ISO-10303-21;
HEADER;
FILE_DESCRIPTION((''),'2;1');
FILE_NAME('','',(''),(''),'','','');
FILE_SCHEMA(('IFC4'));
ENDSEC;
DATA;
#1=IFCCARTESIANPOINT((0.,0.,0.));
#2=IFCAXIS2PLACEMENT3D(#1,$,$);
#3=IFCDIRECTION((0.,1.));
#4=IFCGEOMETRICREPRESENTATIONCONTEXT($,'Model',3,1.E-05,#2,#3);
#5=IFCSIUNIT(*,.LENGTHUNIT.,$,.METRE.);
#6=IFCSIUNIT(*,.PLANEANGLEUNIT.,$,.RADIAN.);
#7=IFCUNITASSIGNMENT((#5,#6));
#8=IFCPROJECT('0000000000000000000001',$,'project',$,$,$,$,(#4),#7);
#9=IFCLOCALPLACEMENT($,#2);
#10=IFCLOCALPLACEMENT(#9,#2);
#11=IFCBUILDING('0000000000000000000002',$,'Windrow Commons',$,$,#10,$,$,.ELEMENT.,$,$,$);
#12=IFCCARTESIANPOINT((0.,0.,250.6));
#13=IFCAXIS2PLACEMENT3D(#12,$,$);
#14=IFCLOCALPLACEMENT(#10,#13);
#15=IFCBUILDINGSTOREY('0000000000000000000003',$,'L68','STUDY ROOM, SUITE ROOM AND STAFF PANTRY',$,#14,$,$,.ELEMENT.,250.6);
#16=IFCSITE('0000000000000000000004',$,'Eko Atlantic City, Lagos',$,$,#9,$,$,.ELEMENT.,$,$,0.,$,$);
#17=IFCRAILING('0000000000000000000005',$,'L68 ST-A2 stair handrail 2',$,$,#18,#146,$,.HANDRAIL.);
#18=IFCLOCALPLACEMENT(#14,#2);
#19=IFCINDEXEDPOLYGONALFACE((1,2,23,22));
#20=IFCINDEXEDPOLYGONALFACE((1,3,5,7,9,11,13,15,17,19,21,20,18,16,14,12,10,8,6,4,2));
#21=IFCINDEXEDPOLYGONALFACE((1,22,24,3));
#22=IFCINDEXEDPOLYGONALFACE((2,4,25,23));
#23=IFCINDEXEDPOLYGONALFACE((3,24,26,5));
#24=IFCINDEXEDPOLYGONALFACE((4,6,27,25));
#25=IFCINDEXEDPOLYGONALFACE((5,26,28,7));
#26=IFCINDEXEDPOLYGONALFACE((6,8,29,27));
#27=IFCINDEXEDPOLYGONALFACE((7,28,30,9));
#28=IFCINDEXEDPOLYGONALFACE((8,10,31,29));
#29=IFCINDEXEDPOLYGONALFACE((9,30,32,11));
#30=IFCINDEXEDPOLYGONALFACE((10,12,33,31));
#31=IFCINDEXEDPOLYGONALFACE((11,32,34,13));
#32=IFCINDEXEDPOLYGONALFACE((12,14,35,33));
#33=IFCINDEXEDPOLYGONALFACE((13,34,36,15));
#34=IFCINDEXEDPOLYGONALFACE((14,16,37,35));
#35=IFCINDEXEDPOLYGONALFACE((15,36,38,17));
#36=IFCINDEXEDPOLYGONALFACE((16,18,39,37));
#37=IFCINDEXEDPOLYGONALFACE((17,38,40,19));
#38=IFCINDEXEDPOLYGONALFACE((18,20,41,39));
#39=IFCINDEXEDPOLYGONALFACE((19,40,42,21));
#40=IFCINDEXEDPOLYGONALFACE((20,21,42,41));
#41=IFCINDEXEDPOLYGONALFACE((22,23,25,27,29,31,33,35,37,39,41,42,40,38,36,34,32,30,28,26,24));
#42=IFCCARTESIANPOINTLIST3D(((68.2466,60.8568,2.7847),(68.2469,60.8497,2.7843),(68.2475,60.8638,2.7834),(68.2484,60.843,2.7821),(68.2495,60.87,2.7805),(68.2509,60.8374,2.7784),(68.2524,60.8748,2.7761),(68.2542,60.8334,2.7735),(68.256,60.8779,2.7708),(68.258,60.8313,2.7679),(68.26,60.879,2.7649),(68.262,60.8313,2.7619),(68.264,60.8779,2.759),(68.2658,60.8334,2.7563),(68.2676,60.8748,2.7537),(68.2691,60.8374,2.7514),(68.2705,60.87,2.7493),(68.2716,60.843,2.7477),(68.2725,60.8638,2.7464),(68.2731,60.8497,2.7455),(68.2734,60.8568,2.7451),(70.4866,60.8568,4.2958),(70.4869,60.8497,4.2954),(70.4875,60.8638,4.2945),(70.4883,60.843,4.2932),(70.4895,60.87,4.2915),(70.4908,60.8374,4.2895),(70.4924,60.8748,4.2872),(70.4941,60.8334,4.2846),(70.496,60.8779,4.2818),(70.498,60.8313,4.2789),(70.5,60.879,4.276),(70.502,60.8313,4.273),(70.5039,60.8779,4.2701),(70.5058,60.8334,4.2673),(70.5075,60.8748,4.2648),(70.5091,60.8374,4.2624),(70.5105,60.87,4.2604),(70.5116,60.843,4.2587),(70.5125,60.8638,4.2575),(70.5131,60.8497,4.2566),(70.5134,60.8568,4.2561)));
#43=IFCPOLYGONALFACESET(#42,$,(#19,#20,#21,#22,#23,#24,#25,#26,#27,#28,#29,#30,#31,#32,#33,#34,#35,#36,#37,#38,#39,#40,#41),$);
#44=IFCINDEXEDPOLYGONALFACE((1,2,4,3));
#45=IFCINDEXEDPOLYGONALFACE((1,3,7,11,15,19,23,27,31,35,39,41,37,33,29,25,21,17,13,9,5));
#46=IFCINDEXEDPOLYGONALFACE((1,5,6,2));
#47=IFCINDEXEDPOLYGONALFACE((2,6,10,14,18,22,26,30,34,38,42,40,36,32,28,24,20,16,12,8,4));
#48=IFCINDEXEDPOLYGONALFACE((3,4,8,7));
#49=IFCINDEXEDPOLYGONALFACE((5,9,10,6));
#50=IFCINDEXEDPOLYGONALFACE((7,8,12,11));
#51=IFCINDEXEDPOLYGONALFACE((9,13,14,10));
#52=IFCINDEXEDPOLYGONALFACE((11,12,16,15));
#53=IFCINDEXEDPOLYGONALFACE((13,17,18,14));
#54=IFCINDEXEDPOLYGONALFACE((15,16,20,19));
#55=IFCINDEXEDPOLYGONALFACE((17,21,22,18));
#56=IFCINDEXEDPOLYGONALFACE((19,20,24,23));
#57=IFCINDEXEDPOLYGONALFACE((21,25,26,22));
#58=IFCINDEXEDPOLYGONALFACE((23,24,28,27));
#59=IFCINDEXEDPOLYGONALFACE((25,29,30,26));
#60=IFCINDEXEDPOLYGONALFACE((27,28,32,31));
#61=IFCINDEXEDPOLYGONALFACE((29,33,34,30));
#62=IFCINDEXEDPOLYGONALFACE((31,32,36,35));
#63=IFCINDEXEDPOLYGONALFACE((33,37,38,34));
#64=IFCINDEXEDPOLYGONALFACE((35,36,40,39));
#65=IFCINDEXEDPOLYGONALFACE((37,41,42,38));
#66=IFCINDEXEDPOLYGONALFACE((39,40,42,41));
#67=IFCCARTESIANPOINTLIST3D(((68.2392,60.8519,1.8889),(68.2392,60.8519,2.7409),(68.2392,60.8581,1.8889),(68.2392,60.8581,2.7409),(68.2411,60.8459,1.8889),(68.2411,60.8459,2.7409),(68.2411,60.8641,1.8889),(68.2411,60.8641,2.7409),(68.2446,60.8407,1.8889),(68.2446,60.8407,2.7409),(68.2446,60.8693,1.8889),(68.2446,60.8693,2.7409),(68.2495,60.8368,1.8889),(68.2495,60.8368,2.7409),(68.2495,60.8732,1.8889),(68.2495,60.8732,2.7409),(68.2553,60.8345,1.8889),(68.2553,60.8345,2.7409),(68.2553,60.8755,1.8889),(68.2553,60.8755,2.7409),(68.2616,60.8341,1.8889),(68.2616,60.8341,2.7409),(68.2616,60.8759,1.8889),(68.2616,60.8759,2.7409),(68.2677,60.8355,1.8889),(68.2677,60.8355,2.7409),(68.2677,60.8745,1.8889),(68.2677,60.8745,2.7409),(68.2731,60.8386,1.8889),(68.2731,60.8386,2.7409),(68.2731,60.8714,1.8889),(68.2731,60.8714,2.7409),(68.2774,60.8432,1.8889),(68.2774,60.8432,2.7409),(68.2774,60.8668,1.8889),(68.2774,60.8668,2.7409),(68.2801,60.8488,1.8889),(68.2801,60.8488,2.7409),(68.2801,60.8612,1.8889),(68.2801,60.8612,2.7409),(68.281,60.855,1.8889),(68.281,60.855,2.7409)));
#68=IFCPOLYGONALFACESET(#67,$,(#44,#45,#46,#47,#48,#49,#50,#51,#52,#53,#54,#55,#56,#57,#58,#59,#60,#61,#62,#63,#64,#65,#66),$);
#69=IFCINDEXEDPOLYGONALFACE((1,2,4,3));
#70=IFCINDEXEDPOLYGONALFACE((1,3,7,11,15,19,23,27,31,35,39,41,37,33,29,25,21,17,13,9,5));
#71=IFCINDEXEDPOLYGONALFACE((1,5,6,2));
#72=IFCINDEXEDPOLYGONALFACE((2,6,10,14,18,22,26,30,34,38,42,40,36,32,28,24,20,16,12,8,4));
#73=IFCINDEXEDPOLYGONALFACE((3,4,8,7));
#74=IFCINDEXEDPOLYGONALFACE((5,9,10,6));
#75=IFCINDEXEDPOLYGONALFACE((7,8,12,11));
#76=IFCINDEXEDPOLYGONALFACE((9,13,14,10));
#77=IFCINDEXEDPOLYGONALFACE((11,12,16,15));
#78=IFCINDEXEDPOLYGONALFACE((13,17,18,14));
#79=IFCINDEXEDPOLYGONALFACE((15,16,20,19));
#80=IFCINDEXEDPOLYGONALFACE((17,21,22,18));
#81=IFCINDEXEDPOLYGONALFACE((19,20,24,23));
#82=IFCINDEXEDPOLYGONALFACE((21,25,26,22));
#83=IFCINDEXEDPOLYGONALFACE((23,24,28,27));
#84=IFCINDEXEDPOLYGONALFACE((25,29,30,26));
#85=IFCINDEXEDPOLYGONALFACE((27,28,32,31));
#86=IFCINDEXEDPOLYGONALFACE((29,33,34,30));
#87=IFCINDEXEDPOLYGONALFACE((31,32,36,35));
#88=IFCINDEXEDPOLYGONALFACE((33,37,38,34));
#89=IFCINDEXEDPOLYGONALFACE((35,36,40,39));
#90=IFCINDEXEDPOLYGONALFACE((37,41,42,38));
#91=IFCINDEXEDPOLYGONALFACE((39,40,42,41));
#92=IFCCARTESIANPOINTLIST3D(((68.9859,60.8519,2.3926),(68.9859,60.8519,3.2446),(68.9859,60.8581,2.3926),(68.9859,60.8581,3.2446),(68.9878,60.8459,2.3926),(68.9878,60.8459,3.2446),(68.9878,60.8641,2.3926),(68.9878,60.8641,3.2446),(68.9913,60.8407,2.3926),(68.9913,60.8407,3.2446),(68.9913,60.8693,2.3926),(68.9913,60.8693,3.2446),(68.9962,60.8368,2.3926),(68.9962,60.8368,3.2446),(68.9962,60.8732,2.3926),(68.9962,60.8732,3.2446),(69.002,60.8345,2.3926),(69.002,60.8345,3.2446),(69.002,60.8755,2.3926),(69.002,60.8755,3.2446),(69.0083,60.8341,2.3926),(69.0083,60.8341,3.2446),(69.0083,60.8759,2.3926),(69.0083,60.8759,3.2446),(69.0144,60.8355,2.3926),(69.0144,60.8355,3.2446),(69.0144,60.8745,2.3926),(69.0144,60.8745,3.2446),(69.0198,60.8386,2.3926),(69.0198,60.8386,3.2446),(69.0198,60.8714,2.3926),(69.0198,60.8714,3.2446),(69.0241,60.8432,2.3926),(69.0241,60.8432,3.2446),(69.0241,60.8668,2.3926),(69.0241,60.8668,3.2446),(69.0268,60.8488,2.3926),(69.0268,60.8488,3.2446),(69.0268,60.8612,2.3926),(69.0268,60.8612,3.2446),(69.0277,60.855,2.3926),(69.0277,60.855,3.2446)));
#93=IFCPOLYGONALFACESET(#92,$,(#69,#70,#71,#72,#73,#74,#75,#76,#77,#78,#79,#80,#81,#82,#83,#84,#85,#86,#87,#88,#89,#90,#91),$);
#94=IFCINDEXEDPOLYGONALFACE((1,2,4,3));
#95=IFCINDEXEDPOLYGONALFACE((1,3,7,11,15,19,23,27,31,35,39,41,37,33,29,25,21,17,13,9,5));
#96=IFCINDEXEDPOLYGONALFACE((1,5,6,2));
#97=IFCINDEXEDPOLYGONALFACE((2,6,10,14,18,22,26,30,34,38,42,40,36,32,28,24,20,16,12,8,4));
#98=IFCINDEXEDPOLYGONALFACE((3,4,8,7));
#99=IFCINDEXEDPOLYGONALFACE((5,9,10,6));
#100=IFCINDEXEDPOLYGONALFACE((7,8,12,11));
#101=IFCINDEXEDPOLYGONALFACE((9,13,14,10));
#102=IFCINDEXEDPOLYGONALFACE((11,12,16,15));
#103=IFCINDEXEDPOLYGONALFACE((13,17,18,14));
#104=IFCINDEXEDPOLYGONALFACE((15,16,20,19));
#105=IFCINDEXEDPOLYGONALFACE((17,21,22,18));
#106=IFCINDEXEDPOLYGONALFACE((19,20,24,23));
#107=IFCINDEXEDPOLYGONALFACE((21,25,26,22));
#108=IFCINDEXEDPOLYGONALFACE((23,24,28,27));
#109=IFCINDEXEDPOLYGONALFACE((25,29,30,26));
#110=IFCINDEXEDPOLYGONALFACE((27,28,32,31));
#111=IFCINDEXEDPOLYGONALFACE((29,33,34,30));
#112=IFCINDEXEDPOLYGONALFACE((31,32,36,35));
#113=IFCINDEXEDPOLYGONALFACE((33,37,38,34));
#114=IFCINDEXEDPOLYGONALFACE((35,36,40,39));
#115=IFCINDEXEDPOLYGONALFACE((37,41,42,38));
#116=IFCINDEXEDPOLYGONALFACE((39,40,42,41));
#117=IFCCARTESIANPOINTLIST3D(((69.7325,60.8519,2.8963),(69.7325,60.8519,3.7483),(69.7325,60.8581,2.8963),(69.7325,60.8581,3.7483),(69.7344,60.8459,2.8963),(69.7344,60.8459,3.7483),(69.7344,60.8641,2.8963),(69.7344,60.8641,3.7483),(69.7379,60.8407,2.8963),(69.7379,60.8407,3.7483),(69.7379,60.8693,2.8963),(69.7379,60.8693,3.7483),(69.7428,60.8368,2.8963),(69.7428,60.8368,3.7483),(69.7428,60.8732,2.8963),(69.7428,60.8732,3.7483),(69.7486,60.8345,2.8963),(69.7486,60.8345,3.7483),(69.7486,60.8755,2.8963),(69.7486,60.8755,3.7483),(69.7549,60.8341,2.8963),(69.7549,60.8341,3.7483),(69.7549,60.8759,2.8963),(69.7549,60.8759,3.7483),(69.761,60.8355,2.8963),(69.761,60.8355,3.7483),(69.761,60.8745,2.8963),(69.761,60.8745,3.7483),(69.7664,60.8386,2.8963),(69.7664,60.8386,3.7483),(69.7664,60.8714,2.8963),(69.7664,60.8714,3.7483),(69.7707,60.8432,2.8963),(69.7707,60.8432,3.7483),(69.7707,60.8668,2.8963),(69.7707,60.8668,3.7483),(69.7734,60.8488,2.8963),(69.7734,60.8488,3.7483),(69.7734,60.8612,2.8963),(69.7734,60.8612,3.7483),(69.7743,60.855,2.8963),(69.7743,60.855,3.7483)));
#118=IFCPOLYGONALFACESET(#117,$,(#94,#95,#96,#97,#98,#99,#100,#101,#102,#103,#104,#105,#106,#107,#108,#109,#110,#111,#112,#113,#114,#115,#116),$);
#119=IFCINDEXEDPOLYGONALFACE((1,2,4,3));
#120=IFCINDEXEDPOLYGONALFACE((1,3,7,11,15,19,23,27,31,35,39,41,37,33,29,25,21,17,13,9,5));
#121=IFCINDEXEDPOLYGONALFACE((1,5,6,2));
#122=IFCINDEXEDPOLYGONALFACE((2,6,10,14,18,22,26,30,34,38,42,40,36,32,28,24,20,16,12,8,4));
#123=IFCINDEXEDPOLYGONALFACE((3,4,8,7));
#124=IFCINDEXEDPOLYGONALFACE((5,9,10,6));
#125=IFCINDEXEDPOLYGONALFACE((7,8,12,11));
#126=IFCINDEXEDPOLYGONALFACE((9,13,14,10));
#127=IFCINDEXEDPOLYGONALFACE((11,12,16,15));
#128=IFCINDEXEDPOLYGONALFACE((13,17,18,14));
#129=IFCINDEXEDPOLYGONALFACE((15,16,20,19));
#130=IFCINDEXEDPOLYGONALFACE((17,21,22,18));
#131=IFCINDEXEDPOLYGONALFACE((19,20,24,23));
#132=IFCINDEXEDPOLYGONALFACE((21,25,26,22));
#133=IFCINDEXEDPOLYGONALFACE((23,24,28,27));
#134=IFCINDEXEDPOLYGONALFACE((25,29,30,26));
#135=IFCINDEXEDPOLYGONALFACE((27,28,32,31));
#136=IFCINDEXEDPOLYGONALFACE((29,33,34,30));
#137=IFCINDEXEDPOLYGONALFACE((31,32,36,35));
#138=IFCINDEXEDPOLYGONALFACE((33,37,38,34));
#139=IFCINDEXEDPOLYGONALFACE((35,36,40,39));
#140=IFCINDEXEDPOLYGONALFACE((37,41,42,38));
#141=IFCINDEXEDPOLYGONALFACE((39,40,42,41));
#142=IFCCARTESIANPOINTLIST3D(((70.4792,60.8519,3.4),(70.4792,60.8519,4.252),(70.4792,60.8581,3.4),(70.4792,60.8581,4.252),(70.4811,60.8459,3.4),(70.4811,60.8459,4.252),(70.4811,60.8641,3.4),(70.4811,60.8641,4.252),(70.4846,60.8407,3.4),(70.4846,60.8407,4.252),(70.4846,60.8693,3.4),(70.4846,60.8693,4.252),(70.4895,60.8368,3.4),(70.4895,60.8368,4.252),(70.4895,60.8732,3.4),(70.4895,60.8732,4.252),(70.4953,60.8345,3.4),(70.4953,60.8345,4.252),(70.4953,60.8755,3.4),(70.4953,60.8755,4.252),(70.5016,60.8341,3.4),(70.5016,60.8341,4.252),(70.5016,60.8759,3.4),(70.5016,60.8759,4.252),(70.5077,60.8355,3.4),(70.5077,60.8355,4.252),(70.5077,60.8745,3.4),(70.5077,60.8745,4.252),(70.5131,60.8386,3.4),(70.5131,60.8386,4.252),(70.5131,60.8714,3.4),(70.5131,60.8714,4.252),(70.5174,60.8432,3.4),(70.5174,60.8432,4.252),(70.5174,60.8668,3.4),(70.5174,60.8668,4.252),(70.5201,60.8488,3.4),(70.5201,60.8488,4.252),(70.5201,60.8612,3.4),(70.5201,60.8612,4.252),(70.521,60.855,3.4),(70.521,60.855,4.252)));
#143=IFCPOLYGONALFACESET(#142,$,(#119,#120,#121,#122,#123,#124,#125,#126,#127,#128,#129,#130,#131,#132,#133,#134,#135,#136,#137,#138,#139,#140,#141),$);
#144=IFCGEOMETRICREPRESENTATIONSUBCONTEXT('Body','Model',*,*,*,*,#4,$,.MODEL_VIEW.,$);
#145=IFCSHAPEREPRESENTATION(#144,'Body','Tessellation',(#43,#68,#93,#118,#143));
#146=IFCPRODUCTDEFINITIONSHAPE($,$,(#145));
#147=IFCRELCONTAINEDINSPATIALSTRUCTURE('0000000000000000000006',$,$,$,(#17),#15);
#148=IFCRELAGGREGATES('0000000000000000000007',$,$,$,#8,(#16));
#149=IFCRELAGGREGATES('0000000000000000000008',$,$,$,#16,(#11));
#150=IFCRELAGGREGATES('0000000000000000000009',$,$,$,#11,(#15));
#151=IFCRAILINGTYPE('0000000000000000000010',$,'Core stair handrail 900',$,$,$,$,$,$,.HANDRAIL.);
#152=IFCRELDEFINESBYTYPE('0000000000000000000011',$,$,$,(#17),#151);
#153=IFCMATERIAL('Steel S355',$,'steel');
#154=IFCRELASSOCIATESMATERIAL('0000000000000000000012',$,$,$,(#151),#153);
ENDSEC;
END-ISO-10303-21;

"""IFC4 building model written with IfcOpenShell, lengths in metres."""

from ifc_helpers import new_model, si_unit, direction, frame, origin, origin_2d, place, context, subcontext, project, spatial, circle, extrude, material, type_object, element, save


model = new_model("IFC4")

# Units and contexts
model_context = context("Model", 3, precision=1e-05, world=origin(), true_north=direction((0.0, 1.0)))
body_context = subcontext(model_context, "Body", "Model", "MODEL_VIEW")
ifc_project = project(units=[si_unit("LENGTHUNIT", "METRE"), si_unit("PLANEANGLEUNIT", "RADIAN")], contexts=[model_context])

# Site, building, storey
site_placement = place(None, origin())
site = spatial("IfcSite", under=ifc_project, at=site_placement, Name="Eko Atlantic City, Lagos", CompositionType="ELEMENT", RefElevation=0.0)
building_placement = place(site_placement, origin())
building = spatial("IfcBuilding", under=site, at=building_placement, Name="Windrow Commons", CompositionType="ELEMENT")
storey_placement = place(building_placement, frame((0.0, 0.0, 250.6)))
storey = spatial("IfcBuildingStorey", under=building, at=storey_placement, Name="L68", Description="STUDY ROOM, SUITE ROOM AND STAFF PANTRY", CompositionType="ELEMENT", Elevation=250.6)

# Railing
ifc_material_1 = material(Name="Steel S355", Category="steel")
railing_type_1 = type_object("IfcRailingType", Name="Core stair handrail 900", PredefinedType="HANDRAIL", material=ifc_material_1)
for number, where, name in (
    (1, (68.26, 60.855, 1.8889), "L68 ST-A2 stair handrail 2"),
):
    element("IfcRailing", number, at=place(storey_placement, frame(where)), inside=storey, type_object=railing_type_1, Name=name, PredefinedType="HANDRAIL", context=body_context, shape_type="SweptSolid", body=[
        extrude(circle(Radius=0.024, at=origin_2d()), frame((0.0, 0.0, 0.876), z_axis=(0.829003, 0.0, 0.559244), x_axis=(0.0, 1.0, 0.0)), (0.0, 0.0, 1.0), 2.702),
        extrude(circle(Radius=0.021, at=origin_2d()), origin(), (0.0, 0.0, 1.0), 0.852),
        extrude(circle(Radius=0.021, at=origin_2d()), frame((0.7467, 0.0, 0.5037)), (0.0, 0.0, 1.0), 0.852),
        extrude(circle(Radius=0.021, at=origin_2d()), frame((1.4933, 0.0, 1.0074)), (0.0, 0.0, 1.0), 0.852),
        extrude(circle(Radius=0.021, at=origin_2d()), frame((2.24, 0.0, 1.5111)), (0.0, 0.0, 1.0), 0.852),
    ])

save(model, "model.ifc")
